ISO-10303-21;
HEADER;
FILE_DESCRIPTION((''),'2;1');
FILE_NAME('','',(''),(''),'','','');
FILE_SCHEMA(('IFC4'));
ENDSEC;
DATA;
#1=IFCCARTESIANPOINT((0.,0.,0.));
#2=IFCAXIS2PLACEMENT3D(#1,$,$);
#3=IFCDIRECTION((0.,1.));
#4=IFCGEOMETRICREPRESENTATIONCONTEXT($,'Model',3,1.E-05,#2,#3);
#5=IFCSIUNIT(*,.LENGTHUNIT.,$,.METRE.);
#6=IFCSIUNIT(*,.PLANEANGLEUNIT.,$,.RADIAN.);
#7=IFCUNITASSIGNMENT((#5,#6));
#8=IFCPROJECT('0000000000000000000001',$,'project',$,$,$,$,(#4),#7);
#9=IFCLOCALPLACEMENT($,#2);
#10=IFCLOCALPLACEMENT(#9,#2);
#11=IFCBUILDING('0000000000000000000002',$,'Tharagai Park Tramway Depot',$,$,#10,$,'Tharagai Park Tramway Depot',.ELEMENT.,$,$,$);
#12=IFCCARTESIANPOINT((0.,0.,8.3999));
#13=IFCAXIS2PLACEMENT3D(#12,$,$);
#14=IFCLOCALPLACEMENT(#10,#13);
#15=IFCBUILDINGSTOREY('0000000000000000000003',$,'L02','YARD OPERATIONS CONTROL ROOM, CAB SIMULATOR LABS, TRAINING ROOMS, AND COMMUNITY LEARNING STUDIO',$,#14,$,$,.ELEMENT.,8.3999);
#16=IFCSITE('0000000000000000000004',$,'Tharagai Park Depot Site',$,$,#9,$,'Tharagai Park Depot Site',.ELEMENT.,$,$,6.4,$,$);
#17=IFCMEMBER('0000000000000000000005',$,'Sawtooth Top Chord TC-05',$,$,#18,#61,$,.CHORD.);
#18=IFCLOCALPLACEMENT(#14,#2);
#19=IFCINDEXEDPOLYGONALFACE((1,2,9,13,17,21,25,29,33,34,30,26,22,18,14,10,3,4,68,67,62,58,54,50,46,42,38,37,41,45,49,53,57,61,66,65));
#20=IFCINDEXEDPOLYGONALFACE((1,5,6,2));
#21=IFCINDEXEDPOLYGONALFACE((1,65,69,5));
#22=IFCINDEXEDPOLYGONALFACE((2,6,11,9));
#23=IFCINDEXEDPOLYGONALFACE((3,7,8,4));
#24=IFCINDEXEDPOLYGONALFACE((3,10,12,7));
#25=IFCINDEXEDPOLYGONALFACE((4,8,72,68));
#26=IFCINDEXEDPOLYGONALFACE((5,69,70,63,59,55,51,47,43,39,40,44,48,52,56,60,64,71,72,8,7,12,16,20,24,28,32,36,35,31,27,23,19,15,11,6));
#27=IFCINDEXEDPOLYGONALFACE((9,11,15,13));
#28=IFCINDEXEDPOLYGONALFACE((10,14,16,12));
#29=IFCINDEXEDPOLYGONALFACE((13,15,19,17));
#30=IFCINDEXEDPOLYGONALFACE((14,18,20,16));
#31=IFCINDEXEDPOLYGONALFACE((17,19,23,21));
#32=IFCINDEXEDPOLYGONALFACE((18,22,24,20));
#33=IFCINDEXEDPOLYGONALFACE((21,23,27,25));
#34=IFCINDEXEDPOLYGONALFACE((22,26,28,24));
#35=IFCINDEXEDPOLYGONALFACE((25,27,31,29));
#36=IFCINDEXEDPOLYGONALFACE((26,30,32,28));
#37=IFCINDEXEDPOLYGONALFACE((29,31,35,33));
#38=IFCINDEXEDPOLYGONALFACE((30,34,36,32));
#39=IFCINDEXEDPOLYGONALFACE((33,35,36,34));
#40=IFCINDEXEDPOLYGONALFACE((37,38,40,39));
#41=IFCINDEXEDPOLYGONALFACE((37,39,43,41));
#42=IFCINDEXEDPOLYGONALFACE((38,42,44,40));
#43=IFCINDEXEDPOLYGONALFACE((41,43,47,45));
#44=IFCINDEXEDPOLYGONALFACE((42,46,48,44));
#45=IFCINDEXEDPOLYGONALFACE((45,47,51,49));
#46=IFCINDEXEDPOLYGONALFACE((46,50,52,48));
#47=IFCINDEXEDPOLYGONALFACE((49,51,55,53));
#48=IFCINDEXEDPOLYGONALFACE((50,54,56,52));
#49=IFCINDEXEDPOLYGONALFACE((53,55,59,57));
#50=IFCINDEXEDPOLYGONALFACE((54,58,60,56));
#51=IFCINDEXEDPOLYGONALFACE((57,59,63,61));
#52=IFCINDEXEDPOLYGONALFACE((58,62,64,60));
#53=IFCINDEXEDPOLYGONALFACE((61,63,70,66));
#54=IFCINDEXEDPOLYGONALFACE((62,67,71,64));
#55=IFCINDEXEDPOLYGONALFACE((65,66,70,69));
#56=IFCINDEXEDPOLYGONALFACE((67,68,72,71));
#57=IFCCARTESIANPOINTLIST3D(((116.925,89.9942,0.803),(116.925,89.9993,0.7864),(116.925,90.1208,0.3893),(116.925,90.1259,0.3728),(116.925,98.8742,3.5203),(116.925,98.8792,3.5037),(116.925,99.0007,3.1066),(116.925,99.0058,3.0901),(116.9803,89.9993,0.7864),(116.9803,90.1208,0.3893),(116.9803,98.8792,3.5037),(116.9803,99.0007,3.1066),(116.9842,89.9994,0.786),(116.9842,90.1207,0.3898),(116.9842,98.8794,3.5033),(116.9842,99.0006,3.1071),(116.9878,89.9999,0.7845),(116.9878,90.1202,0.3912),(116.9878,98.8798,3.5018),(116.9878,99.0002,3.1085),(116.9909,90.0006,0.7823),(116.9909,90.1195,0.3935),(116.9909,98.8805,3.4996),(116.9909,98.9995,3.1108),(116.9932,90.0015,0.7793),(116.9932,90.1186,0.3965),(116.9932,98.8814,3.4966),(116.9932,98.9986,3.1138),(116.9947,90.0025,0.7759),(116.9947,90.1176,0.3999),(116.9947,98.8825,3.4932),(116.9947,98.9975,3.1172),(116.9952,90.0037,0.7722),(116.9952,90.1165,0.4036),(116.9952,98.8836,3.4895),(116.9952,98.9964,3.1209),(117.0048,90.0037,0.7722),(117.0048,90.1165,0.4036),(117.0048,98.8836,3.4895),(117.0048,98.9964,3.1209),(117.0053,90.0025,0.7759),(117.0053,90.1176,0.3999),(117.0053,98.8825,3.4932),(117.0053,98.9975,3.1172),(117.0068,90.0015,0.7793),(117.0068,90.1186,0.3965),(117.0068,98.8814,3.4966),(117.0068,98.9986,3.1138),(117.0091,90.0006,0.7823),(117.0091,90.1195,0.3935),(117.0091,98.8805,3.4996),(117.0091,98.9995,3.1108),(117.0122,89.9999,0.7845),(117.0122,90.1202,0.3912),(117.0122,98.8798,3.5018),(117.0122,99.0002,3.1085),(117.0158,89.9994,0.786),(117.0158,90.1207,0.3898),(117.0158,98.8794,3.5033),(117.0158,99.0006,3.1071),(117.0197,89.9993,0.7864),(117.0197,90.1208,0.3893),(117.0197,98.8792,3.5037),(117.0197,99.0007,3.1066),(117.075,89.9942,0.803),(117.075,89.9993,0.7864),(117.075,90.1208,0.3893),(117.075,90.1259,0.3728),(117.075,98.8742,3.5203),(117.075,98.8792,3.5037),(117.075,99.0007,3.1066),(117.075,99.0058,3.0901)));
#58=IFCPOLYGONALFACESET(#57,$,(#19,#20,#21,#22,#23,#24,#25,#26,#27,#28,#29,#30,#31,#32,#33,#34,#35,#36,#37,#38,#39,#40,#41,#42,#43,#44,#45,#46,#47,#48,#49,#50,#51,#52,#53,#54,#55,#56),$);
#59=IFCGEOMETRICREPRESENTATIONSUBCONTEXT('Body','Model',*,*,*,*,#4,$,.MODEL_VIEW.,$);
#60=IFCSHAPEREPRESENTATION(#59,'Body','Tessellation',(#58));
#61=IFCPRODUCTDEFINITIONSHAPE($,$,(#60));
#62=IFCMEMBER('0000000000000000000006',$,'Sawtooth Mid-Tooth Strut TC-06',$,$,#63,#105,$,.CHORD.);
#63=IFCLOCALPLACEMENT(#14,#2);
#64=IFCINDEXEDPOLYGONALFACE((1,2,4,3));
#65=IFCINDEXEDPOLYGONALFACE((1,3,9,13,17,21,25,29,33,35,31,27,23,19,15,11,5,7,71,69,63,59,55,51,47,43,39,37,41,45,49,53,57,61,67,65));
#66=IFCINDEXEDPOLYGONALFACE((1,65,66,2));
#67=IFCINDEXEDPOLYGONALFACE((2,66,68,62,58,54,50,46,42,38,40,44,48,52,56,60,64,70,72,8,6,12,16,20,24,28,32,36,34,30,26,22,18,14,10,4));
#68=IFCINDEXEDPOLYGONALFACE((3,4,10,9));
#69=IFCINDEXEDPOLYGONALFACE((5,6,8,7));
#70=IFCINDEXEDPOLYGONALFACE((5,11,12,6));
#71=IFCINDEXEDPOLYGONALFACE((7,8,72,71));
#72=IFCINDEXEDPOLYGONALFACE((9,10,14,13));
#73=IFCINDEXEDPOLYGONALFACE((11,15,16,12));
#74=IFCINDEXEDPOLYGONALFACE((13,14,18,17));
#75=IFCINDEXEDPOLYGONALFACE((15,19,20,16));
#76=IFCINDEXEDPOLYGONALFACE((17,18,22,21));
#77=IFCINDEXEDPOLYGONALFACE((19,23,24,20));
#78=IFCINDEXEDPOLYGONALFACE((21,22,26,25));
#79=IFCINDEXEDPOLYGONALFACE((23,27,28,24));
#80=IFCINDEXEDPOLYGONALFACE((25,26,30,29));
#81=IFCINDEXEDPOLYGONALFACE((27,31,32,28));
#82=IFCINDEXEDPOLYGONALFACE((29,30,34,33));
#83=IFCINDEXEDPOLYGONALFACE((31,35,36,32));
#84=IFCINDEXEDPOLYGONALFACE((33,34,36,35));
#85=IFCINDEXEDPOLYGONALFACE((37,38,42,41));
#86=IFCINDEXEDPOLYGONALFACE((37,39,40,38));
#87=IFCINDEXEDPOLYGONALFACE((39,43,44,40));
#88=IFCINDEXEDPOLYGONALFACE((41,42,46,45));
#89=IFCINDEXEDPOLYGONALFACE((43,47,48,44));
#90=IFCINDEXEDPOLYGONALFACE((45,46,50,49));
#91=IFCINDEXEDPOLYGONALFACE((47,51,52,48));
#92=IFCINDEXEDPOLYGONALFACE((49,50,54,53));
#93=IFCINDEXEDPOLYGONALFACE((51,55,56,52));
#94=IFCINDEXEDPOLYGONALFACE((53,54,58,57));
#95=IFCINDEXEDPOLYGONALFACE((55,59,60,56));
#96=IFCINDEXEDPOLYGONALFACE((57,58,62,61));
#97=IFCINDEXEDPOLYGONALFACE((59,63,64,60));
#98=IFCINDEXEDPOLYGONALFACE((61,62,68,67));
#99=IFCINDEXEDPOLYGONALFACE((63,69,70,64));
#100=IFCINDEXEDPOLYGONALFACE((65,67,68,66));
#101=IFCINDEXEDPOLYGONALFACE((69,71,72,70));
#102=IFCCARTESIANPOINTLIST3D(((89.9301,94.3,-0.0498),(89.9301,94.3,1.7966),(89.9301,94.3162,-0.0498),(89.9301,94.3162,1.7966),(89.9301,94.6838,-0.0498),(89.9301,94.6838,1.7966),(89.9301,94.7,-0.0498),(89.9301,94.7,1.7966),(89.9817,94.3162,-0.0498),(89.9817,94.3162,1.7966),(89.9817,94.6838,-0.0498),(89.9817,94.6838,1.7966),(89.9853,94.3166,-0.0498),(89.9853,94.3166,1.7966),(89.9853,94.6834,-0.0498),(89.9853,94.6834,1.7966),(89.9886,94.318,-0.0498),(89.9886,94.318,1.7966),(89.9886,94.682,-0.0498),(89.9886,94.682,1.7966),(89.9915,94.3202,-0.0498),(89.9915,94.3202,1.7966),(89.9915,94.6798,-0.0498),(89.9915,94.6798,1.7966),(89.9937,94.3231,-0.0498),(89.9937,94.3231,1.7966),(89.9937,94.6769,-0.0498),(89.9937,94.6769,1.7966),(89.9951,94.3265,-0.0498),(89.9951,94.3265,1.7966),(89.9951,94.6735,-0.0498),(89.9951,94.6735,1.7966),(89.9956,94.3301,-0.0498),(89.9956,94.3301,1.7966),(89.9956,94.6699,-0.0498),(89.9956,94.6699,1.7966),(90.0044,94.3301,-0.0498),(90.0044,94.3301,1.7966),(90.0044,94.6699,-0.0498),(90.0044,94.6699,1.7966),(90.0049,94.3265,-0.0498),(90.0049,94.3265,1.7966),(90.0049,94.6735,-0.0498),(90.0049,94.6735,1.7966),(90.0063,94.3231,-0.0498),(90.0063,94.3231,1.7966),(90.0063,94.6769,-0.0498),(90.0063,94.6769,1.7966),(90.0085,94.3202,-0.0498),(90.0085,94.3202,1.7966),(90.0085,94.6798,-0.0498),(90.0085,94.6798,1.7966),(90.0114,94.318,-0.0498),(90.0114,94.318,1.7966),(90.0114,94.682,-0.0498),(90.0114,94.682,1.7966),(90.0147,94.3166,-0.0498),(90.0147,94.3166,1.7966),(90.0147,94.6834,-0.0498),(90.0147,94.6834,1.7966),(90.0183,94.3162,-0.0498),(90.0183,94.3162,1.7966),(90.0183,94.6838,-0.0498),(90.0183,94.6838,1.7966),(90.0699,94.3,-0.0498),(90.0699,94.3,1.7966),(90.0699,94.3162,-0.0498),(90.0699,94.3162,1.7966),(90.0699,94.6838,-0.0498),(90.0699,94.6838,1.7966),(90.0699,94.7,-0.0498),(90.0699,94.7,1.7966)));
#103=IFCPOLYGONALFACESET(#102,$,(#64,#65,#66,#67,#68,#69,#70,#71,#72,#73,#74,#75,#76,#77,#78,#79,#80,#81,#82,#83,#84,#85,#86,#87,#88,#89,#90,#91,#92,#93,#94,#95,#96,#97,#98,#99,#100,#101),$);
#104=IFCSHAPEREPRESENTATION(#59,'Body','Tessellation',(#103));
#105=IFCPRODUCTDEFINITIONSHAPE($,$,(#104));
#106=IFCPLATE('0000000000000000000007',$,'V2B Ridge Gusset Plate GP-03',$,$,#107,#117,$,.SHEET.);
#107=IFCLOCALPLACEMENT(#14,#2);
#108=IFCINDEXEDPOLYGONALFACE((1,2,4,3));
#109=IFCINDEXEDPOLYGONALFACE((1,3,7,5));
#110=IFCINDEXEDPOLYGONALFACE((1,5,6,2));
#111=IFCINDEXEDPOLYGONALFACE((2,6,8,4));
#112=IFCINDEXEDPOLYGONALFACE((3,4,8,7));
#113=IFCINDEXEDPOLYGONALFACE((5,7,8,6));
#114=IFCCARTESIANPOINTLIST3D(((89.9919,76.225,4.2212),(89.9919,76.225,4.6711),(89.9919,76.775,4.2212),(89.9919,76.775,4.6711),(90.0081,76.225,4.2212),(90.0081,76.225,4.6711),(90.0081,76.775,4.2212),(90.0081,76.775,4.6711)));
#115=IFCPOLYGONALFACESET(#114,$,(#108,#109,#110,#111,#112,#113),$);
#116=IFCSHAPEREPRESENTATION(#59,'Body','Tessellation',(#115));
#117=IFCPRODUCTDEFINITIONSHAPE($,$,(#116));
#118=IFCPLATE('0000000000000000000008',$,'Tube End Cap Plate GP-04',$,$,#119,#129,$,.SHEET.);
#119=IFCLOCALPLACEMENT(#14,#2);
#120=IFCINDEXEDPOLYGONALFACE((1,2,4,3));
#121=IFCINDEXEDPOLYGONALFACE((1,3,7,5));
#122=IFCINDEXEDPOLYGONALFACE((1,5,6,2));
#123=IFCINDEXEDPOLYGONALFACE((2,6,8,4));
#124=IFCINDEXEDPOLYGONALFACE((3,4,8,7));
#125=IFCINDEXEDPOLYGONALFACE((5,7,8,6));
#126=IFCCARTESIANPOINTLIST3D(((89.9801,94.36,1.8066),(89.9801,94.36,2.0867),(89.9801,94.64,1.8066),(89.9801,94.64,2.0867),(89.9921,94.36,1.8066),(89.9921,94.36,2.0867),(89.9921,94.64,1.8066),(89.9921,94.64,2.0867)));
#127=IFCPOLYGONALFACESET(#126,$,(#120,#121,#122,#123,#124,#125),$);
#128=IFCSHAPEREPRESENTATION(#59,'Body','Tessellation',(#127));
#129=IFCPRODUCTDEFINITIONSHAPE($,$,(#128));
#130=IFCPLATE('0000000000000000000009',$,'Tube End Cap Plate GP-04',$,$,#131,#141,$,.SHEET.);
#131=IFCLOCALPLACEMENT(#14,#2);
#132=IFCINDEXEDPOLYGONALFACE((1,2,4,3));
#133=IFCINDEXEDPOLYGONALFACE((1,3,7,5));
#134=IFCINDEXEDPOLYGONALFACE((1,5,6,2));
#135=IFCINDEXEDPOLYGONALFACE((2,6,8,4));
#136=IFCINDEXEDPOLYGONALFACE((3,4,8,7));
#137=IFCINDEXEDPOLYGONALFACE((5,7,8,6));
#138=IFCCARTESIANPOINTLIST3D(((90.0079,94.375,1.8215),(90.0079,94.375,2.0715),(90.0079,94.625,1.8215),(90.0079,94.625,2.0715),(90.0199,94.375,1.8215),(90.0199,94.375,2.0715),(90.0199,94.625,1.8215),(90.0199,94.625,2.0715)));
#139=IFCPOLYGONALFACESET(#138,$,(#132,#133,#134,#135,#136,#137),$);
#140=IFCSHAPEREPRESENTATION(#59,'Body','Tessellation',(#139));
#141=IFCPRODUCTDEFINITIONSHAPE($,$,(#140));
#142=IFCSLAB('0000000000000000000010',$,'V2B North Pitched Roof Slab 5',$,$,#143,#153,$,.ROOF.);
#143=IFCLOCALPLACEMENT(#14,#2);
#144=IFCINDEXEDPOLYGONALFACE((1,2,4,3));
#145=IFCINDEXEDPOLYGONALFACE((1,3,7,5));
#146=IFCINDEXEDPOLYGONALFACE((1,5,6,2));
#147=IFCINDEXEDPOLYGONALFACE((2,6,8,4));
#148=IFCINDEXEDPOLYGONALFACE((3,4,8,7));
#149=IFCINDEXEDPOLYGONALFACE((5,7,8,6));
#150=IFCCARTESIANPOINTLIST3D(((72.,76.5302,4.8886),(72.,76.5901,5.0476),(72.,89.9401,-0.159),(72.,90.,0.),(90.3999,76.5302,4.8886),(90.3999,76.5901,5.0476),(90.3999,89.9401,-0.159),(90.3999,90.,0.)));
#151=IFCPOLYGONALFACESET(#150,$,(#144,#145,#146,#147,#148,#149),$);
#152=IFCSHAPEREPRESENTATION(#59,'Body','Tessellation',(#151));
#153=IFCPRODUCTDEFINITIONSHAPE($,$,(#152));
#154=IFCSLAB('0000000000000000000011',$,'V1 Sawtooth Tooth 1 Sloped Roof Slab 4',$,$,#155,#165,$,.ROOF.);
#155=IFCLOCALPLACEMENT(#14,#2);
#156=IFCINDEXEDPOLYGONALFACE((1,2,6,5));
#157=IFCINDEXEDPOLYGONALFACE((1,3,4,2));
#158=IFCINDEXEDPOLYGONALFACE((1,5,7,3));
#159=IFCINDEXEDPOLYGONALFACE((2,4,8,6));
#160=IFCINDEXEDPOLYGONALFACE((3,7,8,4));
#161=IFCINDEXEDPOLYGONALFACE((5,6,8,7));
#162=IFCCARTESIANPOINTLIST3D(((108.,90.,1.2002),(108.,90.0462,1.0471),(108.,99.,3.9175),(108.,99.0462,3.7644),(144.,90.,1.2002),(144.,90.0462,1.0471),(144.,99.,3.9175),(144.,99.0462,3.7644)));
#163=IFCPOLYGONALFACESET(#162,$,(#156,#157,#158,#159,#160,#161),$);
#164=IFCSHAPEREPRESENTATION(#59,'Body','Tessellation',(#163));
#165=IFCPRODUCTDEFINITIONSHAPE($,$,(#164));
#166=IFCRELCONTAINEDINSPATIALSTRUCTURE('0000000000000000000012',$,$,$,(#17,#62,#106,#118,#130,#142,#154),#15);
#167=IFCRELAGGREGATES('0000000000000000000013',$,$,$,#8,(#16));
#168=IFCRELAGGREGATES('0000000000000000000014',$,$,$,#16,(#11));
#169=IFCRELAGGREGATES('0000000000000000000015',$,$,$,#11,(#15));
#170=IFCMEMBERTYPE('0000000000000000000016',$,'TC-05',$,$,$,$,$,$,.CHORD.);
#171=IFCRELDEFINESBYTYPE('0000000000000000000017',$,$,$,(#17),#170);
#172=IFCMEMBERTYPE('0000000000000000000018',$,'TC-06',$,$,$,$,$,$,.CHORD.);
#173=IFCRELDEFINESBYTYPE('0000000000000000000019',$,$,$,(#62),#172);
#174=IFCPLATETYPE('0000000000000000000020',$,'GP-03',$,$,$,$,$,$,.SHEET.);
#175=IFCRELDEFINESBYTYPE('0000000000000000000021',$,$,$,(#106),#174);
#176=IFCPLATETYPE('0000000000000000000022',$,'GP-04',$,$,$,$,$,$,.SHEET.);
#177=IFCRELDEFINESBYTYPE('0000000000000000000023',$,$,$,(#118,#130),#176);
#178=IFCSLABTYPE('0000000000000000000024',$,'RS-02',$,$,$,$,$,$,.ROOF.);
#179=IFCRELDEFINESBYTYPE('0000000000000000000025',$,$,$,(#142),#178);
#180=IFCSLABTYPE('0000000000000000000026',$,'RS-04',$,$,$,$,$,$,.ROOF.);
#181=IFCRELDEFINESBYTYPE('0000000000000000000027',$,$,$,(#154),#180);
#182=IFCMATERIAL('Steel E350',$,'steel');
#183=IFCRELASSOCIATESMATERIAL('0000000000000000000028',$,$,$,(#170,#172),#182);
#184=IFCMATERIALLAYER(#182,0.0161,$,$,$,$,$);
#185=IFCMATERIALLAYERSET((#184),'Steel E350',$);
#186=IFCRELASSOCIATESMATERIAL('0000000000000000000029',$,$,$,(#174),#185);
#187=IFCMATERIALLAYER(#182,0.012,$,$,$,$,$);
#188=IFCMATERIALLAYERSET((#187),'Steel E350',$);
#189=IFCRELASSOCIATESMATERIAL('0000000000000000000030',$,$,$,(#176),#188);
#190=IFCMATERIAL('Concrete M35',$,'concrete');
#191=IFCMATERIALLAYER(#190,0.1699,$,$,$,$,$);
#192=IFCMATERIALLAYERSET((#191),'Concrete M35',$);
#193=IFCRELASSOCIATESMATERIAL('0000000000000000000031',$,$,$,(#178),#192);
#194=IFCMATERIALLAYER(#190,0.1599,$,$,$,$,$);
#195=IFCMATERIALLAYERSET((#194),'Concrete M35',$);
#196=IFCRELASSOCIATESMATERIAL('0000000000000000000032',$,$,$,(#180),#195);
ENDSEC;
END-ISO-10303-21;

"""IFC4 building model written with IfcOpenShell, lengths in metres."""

from ifc_helpers import new_model, si_unit, direction, frame, origin, origin_2d, place, context, subcontext, project, spatial, polyline, rectangle, i_section, outline, extrude, material, layer, layer_set, material_profile, profile_set, type_object, element, save


model = new_model("IFC4")

# Units and contexts
model_context = context("Model", 3, precision=1e-05, world=origin(), true_north=direction((0.0, 1.0)))
body_context = subcontext(model_context, "Body", "Model", "MODEL_VIEW")
ifc_project = project(units=[si_unit("LENGTHUNIT", "METRE"), si_unit("PLANEANGLEUNIT", "RADIAN")], contexts=[model_context])

# Site, building, storey
site_placement = place(None, origin())
site = spatial("IfcSite", under=ifc_project, at=site_placement, Name="Tharagai Park Depot Site", LongName="Tharagai Park Depot Site", CompositionType="ELEMENT", RefElevation=6.4)
building_placement = place(site_placement, origin())
building = spatial("IfcBuilding", under=site, at=building_placement, Name="Tharagai Park Tramway Depot", LongName="Tharagai Park Tramway Depot", CompositionType="ELEMENT")
storey_placement = place(building_placement, frame((0.0, 0.0, 8.3999)))
storey = spatial("IfcBuildingStorey", under=building, at=storey_placement, Name="L02", Description="YARD OPERATIONS CONTROL ROOM, CAB SIMULATOR LABS, TRAINING ROOMS, AND COMMUNITY LEARNING STUDIO", CompositionType="ELEMENT", Elevation=8.3999)

# Shared definitions
ifc_material_1 = material(Name="Steel E350", Category="steel")

# Members
ifc_material_profile_1 = material_profile(ifc_material_1, i_section(OverallWidth=0.1499, OverallDepth=0.45, WebThickness=0.0095, FlangeThickness=0.0173, FilletRadius=0.0149, at=origin_2d()), Name="ISMB 450")
ifc_profile_set_1 = profile_set([ifc_material_profile_1], Name="Steel E350")
member_type_1 = type_object("IfcMemberType", Name="TC-05", PredefinedType="CHORD", material=ifc_profile_set_1)
for number, where, z_axis, x_axis, name in (
    (1, (117.0, 90.0601, 0.5879), (0.0, 0.956231, 0.292611), (-1.0, 0.0, 0.0), "Sawtooth Top Chord TC-05"),
):
    element("IfcMember", number, at=place(storey_placement, frame(where, z_axis=z_axis, x_axis=x_axis)), inside=storey, type_object=member_type_1, Name=name, PredefinedType="CHORD", context=body_context, shape_type="SweptSolid", body=[
        extrude(i_section(OverallWidth=0.1499, OverallDepth=0.45, WebThickness=0.0095, FlangeThickness=0.0173, FilletRadius=0.0149, at=origin_2d()), origin(), (0.0, 0.0, 1.0), 9.2864),
    ])
ifc_material_profile_2 = material_profile(ifc_material_1, i_section(OverallWidth=0.1399, OverallDepth=0.3999, WebThickness=0.0088, FlangeThickness=0.0161, FilletRadius=0.0139, at=origin_2d()), Name="ISMB 400")
ifc_profile_set_2 = profile_set([ifc_material_profile_2], Name="Steel E350")
member_type_2 = type_object("IfcMemberType", Name="TC-06", PredefinedType="CHORD", material=ifc_profile_set_2)
member_1_placement = place(storey_placement, frame((90.0, 94.5, -0.0498), z_axis=(0.0, 0.0, 1.0), x_axis=(1.0, 0.0, 0.0)))
element("IfcMember", 2, at=member_1_placement, inside=storey, type_object=member_type_2, Name="Sawtooth Mid-Tooth Strut TC-06", PredefinedType="CHORD", context=body_context, shape_type="SweptSolid", body=[
    extrude(i_section(OverallWidth=0.1399, OverallDepth=0.3999, WebThickness=0.0088, FlangeThickness=0.0161, FilletRadius=0.0139, at=origin_2d()), origin(), (0.0, 0.0, 1.0), 1.8464),
])

# Plates
ifc_layer_1 = layer(ifc_material_1, 0.0161)
ifc_layer_set_1 = layer_set([ifc_layer_1], Name="Steel E350")
plate_type_1 = type_object("IfcPlateType", Name="GP-03", PredefinedType="SHEET", material=ifc_layer_set_1)
plate_1_placement = place(storey_placement, frame((90.0, 76.5, 4.2212), z_axis=(0.0, 0.0, 1.0), x_axis=(1.0, 0.0, 0.0)))
element("IfcPlate", 3, at=plate_1_placement, inside=storey, type_object=plate_type_1, Name="V2B Ridge Gusset Plate GP-03", PredefinedType="SHEET", context=body_context, shape_type="SweptSolid", body=[
    extrude(rectangle(XDim=0.0161, YDim=0.55, at=origin_2d()), origin(), (0.0, 0.0, 1.0), 0.45),
])
ifc_layer_2 = layer(ifc_material_1, 0.012)
ifc_layer_set_2 = layer_set([ifc_layer_2], Name="Steel E350")
plate_type_2 = type_object("IfcPlateType", Name="GP-04", PredefinedType="SHEET", material=ifc_layer_set_2)
plate_2_placement = place(storey_placement, frame((89.9861, 94.5, 1.8066), z_axis=(0.0, 0.0, 1.0), x_axis=(1.0, 0.0, 0.0)))
element("IfcPlate", 4, at=plate_2_placement, inside=storey, type_object=plate_type_2, Name="Tube End Cap Plate GP-04", PredefinedType="SHEET", context=body_context, shape_type="SweptSolid", body=[
    extrude(rectangle(XDim=0.012, YDim=0.28, at=origin_2d()), origin(), (0.0, 0.0, 1.0), 0.28),
])
plate_3_placement = place(storey_placement, frame((90.0139, 94.5, 1.8215), z_axis=(0.0, 0.0, 1.0), x_axis=(1.0, 0.0, 0.0)))
element("IfcPlate", 5, at=plate_3_placement, inside=storey, type_object=plate_type_2, Name="Tube End Cap Plate GP-04", PredefinedType="SHEET", context=body_context, shape_type="SweptSolid", body=[
    extrude(rectangle(XDim=0.012, YDim=0.25, at=origin_2d()), origin(), (0.0, 0.0, 1.0), 0.25),
])

# Slabs
ifc_material_2 = material(Name="Concrete M35", Category="concrete")
ifc_layer_3 = layer(ifc_material_2, 0.1699)
ifc_layer_set_3 = layer_set([ifc_layer_3], Name="Concrete M35")
slab_type_1 = type_object("IfcSlabType", Name="RS-02", PredefinedType="ROOF", material=ifc_layer_set_3)
slab_1_placement = place(storey_placement, frame((90.3999, 90.0, 0.0), z_axis=(0.0, 0.352279, 0.935895), x_axis=(-1.0, 0.0, 0.0)))
element("IfcSlab", 6, at=slab_1_placement, inside=storey, type_object=slab_type_1, Name="V2B North Pitched Roof Slab 5", PredefinedType="ROOF", context=body_context, shape_type="SweptSolid", body=[
    extrude(outline(polyline([(0.0, 0.0), (18.3999, 0.0), (18.3999, 14.3284), (0.0, 14.3284), (0.0, 0.0)])), origin(), (0.0, 0.0, -1.0), 0.1699),
])
ifc_layer_4 = layer(ifc_material_2, 0.1599)
ifc_layer_set_4 = layer_set([ifc_layer_4], Name="Concrete M35")
slab_type_2 = type_object("IfcSlabType", Name="RS-04", PredefinedType="ROOF", material=ifc_layer_set_4)
slab_2_placement = place(storey_placement, frame((108.0, 90.0, 1.2002), z_axis=(0.0, -0.289034, 0.957319), x_axis=(1.0, 0.0, 0.0)))
element("IfcSlab", 7, at=slab_2_placement, inside=storey, type_object=slab_type_2, Name="V1 Sawtooth Tooth 1 Sloped Roof Slab 4", PredefinedType="ROOF", context=body_context, shape_type="SweptSolid", body=[
    extrude(outline(polyline([(0.0, 0.0), (36.0, 0.0), (36.0, 9.4013), (0.0, 9.4013), (0.0, 0.0)])), origin(), (0.0, 0.0, -1.0), 0.1599),
])

save(model, "model.ifc")
